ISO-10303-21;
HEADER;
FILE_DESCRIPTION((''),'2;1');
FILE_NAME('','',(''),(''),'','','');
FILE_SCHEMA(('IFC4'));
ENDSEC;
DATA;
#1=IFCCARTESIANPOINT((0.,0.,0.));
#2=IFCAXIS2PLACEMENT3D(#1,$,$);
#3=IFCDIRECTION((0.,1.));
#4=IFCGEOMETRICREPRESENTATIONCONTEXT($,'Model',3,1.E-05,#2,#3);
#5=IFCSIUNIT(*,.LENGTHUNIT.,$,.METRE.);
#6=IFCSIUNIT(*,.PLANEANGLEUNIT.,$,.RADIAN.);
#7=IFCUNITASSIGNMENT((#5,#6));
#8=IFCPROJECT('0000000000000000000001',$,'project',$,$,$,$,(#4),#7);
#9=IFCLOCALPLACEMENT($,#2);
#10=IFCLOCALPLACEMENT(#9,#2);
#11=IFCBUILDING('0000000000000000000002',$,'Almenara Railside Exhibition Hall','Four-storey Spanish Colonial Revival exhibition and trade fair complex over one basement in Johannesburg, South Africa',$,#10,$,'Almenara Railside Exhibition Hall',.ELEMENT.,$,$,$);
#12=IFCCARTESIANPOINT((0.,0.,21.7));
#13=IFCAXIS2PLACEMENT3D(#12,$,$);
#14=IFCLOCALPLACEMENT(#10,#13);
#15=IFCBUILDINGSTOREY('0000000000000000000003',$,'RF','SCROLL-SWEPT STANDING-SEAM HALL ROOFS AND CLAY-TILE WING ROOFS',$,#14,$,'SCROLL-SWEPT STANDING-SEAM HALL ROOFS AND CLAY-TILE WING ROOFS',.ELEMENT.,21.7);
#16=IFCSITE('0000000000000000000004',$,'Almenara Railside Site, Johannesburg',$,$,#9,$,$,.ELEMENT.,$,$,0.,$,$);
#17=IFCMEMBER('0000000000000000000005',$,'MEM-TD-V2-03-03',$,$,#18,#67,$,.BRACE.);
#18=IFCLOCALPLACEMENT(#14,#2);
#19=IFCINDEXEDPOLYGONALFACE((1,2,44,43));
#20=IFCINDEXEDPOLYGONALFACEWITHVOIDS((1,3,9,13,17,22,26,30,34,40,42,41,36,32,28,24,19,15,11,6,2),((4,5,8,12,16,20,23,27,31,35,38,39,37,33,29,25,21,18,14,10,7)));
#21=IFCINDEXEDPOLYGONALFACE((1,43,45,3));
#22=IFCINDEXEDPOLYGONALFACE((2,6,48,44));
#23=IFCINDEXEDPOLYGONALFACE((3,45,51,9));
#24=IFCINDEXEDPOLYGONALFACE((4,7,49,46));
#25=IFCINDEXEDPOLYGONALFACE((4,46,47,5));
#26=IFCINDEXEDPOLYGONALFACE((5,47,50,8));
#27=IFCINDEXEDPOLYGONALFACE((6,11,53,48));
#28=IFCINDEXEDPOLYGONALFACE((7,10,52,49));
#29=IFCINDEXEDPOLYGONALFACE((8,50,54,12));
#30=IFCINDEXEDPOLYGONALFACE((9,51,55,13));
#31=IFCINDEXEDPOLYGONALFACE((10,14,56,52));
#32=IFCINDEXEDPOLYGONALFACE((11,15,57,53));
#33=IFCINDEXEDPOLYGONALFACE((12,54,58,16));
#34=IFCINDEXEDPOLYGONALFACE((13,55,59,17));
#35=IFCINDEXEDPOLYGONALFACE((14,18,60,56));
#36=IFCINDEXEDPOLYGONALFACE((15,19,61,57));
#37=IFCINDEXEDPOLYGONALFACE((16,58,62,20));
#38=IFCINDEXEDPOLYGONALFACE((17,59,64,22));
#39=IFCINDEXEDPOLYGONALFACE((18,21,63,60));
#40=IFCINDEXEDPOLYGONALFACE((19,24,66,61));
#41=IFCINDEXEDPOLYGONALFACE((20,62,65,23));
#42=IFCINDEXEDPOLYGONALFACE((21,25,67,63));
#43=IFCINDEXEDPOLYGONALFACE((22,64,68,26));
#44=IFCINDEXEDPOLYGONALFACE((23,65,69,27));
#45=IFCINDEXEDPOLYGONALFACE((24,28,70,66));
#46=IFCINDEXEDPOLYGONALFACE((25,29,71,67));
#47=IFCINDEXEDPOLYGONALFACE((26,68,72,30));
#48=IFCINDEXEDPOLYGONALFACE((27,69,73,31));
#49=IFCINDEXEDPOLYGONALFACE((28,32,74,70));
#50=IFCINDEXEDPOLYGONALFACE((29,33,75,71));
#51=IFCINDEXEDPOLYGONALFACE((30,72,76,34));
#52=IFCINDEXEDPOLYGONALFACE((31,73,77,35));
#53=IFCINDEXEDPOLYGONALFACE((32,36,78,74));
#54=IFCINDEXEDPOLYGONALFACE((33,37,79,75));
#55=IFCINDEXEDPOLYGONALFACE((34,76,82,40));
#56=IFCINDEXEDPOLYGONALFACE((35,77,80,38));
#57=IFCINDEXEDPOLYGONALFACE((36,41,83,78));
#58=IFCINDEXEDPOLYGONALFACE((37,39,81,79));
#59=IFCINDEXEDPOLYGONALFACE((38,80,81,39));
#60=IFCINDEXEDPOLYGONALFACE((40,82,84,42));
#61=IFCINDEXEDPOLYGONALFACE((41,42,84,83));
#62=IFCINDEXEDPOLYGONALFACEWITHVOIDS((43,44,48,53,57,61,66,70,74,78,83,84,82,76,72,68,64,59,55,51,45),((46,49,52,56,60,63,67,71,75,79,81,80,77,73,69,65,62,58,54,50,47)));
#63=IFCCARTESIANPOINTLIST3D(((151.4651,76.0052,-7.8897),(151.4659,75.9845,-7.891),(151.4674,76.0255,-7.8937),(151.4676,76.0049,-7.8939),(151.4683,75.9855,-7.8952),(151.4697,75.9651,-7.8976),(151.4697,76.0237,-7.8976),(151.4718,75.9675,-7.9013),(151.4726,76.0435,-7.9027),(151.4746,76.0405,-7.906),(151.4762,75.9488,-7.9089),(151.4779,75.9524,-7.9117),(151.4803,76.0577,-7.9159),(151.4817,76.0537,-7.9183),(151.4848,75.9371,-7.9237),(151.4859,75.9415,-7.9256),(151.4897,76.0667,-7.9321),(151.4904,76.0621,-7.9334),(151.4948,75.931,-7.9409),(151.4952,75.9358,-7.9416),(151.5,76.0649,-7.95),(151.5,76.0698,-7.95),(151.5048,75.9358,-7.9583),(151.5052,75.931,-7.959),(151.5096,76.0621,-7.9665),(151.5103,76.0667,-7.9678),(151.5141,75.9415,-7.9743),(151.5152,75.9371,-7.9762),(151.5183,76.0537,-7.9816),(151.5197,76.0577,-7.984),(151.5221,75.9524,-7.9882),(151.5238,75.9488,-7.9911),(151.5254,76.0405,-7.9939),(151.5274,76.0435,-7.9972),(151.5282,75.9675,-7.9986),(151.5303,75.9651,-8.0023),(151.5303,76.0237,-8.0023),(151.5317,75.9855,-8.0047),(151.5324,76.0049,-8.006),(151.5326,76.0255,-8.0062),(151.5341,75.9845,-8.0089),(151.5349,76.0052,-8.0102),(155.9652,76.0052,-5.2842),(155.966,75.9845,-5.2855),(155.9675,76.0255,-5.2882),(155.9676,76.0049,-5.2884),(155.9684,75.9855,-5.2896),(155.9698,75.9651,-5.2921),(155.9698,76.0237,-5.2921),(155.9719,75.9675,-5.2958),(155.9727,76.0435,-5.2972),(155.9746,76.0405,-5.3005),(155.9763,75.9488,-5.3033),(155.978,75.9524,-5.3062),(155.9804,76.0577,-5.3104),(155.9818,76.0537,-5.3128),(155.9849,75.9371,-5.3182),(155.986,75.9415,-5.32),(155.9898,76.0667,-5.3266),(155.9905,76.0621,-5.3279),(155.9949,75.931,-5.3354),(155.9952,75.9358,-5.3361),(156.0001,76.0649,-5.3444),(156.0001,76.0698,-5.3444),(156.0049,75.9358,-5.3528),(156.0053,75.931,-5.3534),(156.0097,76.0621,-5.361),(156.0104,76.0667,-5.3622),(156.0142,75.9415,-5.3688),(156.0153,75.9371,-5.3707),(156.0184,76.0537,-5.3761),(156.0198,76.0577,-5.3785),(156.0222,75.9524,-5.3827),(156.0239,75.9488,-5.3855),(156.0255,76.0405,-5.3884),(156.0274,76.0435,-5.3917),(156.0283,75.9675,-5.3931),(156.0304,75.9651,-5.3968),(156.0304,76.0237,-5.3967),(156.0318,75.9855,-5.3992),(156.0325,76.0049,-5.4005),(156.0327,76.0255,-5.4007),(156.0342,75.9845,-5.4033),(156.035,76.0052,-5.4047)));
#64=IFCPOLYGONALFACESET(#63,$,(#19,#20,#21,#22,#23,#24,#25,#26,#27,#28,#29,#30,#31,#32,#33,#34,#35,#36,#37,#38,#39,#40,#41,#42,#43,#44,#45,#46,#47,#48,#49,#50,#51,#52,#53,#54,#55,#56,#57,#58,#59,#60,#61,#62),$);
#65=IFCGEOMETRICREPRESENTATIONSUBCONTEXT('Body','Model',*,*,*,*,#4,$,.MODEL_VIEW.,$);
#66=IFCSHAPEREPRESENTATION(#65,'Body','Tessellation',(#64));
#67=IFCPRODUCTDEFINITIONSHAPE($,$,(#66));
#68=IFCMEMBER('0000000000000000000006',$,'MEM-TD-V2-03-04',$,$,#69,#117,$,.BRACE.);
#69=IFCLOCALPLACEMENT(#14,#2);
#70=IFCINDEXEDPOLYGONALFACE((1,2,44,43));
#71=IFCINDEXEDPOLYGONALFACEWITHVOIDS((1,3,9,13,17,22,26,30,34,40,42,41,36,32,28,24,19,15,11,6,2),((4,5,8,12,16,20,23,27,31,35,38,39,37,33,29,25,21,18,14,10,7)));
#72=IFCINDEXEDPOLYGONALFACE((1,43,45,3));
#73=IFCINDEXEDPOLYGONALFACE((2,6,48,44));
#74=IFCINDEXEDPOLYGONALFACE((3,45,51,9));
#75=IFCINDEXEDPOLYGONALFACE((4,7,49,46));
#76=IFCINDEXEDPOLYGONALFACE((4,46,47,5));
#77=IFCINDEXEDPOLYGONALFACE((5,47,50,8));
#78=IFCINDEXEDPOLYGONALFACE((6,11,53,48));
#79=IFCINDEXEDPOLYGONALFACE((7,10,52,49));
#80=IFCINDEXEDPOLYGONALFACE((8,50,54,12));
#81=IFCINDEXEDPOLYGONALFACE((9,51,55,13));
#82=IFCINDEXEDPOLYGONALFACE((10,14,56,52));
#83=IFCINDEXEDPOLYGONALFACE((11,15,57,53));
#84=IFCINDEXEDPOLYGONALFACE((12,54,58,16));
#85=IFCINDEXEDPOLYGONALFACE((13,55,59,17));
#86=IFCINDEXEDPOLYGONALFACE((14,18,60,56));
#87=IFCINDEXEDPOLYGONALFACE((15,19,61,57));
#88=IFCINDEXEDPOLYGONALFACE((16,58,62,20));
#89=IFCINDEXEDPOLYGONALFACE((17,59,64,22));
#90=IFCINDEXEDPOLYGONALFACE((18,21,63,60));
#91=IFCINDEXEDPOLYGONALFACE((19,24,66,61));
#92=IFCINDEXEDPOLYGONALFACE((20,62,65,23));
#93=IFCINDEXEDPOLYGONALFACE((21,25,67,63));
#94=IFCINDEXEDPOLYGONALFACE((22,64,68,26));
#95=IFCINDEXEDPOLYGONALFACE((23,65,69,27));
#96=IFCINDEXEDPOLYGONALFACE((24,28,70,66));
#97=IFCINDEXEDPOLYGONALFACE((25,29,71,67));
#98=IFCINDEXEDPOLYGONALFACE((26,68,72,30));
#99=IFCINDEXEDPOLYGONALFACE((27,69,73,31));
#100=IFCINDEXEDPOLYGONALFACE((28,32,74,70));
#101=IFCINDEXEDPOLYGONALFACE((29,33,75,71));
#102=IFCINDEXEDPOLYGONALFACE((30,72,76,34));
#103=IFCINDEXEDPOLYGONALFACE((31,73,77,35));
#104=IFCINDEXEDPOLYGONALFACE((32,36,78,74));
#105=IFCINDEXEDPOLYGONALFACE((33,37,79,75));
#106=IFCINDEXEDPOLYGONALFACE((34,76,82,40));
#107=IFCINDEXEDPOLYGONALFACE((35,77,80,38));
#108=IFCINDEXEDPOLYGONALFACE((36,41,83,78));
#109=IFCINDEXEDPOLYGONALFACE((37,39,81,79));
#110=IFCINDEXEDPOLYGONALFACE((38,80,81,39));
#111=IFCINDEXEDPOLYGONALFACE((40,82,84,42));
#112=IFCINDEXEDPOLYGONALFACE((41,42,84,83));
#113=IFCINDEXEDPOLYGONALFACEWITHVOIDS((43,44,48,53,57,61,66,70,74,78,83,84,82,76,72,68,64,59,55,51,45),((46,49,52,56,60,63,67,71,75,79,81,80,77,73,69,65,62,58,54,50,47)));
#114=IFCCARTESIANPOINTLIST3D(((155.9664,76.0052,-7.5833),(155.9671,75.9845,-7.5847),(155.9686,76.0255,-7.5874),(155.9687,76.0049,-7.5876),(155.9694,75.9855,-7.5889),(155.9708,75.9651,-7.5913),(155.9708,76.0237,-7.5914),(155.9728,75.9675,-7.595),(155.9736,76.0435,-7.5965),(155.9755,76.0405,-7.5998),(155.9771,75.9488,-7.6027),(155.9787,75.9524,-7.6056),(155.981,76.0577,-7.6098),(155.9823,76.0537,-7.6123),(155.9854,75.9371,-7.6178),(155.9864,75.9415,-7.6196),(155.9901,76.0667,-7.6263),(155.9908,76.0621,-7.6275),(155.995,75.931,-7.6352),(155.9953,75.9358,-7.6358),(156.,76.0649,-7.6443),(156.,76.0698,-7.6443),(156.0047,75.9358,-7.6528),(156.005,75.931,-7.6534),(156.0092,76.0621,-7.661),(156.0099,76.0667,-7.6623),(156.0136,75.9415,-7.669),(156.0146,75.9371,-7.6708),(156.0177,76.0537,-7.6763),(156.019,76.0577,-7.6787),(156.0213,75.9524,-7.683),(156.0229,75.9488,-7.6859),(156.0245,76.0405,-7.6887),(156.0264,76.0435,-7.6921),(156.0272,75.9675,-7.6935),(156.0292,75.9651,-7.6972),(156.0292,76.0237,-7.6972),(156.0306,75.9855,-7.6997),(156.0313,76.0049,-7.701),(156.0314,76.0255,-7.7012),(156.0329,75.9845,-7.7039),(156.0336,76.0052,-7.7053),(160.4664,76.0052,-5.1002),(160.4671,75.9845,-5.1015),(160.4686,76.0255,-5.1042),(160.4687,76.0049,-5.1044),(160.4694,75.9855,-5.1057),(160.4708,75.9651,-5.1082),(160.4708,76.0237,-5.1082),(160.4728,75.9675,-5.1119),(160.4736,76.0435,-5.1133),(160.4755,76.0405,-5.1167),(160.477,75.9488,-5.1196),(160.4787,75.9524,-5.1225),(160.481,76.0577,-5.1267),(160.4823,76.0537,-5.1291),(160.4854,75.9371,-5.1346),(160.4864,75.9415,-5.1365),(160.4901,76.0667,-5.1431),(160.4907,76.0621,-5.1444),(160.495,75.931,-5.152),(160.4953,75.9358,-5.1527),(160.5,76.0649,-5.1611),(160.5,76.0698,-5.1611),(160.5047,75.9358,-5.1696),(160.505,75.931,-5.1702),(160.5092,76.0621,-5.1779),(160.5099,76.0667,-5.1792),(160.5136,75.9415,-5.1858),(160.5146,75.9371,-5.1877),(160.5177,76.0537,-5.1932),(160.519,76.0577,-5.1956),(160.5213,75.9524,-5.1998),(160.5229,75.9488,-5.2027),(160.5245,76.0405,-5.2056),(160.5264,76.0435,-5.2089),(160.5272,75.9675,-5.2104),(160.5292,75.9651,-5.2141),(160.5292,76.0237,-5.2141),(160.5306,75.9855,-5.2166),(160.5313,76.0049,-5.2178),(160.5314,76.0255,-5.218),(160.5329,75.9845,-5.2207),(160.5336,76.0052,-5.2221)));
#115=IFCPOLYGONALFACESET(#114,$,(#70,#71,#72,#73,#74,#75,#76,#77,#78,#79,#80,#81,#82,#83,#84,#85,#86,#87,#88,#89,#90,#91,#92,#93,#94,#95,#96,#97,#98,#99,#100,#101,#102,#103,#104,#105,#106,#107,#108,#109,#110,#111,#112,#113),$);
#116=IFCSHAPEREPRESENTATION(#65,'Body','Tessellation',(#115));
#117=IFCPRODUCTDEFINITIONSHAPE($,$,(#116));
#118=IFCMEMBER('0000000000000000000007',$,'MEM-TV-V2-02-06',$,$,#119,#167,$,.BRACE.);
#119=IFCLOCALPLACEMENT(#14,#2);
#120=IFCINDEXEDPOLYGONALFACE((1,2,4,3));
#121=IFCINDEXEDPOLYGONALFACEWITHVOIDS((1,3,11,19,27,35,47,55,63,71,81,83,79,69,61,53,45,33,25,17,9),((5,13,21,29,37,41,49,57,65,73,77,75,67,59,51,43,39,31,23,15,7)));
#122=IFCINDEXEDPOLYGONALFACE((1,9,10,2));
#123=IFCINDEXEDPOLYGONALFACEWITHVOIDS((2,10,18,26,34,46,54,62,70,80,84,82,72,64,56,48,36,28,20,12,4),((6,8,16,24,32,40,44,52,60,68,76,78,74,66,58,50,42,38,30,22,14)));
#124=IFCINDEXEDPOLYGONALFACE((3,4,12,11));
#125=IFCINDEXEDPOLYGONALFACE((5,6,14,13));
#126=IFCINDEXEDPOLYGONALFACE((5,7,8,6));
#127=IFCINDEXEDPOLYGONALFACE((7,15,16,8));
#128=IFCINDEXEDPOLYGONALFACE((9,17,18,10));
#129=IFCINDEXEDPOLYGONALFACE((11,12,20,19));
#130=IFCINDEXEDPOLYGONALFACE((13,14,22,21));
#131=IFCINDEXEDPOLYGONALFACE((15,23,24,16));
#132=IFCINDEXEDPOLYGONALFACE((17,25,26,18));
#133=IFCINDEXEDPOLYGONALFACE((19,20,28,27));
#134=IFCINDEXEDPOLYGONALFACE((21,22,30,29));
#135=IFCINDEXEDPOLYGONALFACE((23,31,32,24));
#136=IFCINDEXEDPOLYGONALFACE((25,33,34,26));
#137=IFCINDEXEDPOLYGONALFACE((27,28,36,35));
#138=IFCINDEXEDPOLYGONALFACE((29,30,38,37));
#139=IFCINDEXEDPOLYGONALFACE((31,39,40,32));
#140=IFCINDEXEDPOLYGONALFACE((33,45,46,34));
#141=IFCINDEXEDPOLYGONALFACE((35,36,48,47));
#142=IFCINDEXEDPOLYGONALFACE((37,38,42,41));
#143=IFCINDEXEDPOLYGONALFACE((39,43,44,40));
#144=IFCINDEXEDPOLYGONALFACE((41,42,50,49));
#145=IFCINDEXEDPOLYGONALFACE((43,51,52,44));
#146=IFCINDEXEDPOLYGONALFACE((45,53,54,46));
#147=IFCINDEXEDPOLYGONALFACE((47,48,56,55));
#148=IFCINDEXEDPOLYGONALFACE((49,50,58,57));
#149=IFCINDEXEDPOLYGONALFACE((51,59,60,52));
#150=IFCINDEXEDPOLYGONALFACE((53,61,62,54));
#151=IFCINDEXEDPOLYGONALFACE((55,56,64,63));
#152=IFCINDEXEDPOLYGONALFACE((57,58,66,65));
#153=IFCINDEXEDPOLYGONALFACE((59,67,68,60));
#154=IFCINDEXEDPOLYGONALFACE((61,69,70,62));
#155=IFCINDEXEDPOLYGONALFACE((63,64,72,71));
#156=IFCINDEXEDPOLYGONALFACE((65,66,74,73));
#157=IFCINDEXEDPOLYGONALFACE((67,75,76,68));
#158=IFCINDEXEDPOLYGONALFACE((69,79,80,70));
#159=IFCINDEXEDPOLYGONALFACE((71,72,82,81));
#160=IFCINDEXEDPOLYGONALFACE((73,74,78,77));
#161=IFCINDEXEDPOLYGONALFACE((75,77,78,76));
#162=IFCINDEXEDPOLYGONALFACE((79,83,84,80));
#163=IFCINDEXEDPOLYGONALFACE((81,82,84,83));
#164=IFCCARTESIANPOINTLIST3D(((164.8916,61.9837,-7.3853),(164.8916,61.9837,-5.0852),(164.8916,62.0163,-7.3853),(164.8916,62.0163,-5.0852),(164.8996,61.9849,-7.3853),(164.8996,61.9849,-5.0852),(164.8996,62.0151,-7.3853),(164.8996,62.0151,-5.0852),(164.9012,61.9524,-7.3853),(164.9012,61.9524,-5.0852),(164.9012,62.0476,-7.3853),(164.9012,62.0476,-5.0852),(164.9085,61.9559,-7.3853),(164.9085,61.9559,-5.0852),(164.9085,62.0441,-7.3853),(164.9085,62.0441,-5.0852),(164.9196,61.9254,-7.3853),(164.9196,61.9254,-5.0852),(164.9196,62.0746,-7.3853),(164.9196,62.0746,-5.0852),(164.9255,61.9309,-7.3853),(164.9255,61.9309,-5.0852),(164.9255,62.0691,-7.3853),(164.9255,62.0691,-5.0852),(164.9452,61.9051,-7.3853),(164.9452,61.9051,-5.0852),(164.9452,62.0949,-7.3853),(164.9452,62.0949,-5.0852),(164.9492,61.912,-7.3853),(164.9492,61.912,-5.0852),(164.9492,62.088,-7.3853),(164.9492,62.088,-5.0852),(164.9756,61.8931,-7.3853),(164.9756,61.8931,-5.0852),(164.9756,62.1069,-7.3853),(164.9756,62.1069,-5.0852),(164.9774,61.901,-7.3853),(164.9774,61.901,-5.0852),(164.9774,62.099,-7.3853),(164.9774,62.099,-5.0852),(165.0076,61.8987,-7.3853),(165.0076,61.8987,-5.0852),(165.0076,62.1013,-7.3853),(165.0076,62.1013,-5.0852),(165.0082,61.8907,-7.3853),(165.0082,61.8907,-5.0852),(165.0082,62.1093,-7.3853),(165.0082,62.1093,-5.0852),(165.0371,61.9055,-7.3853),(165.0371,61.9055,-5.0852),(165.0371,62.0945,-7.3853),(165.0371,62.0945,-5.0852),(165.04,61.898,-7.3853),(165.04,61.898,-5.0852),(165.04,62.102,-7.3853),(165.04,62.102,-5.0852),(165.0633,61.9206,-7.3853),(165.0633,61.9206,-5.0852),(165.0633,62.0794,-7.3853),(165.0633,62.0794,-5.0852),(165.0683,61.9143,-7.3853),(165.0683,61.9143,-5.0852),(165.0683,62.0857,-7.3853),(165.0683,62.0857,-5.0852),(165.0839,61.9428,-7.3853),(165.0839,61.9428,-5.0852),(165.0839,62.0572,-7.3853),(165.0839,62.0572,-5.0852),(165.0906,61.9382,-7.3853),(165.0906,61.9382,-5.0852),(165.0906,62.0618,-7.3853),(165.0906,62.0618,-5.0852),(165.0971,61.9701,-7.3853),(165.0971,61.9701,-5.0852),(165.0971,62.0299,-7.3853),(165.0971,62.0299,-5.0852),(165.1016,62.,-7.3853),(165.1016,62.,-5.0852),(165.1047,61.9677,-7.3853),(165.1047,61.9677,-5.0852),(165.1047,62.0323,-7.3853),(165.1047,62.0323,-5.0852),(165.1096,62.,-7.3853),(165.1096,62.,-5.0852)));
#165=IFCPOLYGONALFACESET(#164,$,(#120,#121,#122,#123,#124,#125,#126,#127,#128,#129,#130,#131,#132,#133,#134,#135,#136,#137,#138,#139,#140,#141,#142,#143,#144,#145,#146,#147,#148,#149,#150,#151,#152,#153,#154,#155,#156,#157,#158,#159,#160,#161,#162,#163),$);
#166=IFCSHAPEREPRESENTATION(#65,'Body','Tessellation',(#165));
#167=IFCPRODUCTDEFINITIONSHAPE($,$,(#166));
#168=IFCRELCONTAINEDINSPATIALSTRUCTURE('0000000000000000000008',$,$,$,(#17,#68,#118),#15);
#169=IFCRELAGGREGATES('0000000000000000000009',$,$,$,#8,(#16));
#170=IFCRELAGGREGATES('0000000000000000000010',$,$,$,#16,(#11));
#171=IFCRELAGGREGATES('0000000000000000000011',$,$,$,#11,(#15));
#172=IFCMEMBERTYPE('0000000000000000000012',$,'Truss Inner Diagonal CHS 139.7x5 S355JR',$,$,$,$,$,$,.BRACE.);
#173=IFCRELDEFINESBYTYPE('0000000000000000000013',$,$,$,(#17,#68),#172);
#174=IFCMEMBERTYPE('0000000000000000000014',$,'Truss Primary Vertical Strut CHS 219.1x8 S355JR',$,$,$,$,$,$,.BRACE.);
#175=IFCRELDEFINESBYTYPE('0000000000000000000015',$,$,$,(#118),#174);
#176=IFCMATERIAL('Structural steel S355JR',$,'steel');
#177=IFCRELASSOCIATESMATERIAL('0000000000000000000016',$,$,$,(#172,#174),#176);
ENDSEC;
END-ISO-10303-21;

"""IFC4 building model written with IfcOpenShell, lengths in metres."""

from ifc_helpers import new_model, si_unit, direction, frame, origin, origin_2d, place, context, subcontext, project, spatial, hollow_circle, extrude, material, material_profile, profile_set, type_object, element, save


model = new_model("IFC4")

# Units and contexts
model_context = context("Model", 3, precision=1e-05, world=origin(), true_north=direction((0.0, 1.0)))
body_context = subcontext(model_context, "Body", "Model", "MODEL_VIEW")
ifc_project = project(units=[si_unit("LENGTHUNIT", "METRE"), si_unit("PLANEANGLEUNIT", "RADIAN")], contexts=[model_context])

# Site, building, storey
site_placement = place(None, origin())
site = spatial("IfcSite", under=ifc_project, at=site_placement, Name="Almenara Railside Site, Johannesburg", CompositionType="ELEMENT", RefElevation=0.0)
building_placement = place(site_placement, origin())
building = spatial("IfcBuilding", under=site, at=building_placement, Name="Almenara Railside Exhibition Hall", Description="Four-storey Spanish Colonial Revival exhibition and trade fair complex over one basement in Johannesburg, South Africa", LongName="Almenara Railside Exhibition Hall", CompositionType="ELEMENT")
storey_placement = place(building_placement, frame((0.0, 0.0, 21.7)))
storey = spatial("IfcBuildingStorey", under=building, at=storey_placement, Name="RF", Description="SCROLL-SWEPT STANDING-SEAM HALL ROOFS AND CLAY-TILE WING ROOFS", LongName="SCROLL-SWEPT STANDING-SEAM HALL ROOFS AND CLAY-TILE WING ROOFS", CompositionType="ELEMENT", Elevation=21.7)

# Members
ifc_material_1 = material(Name="Structural steel S355JR", Category="steel")
ifc_material_profile_1 = material_profile(ifc_material_1, hollow_circle(Radius=0.0698, WallThickness=0.0049, at=origin_2d()), Name="CHS 139.7x5")
ifc_profile_set_1 = profile_set([ifc_material_profile_1], Name="Structural steel S355JR")
member_type_1 = type_object("IfcMemberType", Name="Truss Inner Diagonal CHS 139.7x5 S355JR", PredefinedType="BRACE", material=ifc_profile_set_1)
member_1_placement = place(storey_placement, frame((151.5, 76.0, -7.95), z_axis=(0.865409, 0.0, 0.501066), x_axis=(0.0, 1.0, 0.0)))
element("IfcMember", 1, at=member_1_placement, inside=storey, type_object=member_type_1, Name="MEM-TD-V2-03-03", PredefinedType="BRACE", context=body_context, shape_type="SweptSolid", body=[
    extrude(hollow_circle(Radius=0.0698, WallThickness=0.0049, at=origin_2d()), origin(), (0.0, 0.0, 1.0), 5.2),
])
member_2_placement = place(storey_placement, frame((156.0, 76.0, -7.6443), z_axis=(0.875545, 0.0, 0.483136), x_axis=(0.0, 1.0, 0.0)))
element("IfcMember", 2, at=member_2_placement, inside=storey, type_object=member_type_1, Name="MEM-TD-V2-03-04", PredefinedType="BRACE", context=body_context, shape_type="SweptSolid", body=[
    extrude(hollow_circle(Radius=0.0698, WallThickness=0.0049, at=origin_2d()), origin(), (0.0, 0.0, 1.0), 5.1396),
])
ifc_material_profile_2 = material_profile(ifc_material_1, hollow_circle(Radius=0.1096, WallThickness=0.0081, at=origin_2d()), Name="CHS 219.1x8")
ifc_profile_set_2 = profile_set([ifc_material_profile_2], Name="Structural steel S355JR")
member_type_2 = type_object("IfcMemberType", Name="Truss Primary Vertical Strut CHS 219.1x8 S355JR", PredefinedType="BRACE", material=ifc_profile_set_2)
for number, where, z_axis, x_axis, name in (
    (3, (165.0, 62.0, -7.3853), (0.0, 0.0, 1.0), (1.0, 0.0, 0.0), "MEM-TV-V2-02-06"),
):
    element("IfcMember", number, at=place(storey_placement, frame(where, z_axis=z_axis, x_axis=x_axis)), inside=storey, type_object=member_type_2, Name=name, PredefinedType="BRACE", context=body_context, shape_type="SweptSolid", body=[
        extrude(hollow_circle(Radius=0.1096, WallThickness=0.0081, at=origin_2d()), origin(), (0.0, 0.0, 1.0), 2.3),
    ])

save(model, "model.ifc")
